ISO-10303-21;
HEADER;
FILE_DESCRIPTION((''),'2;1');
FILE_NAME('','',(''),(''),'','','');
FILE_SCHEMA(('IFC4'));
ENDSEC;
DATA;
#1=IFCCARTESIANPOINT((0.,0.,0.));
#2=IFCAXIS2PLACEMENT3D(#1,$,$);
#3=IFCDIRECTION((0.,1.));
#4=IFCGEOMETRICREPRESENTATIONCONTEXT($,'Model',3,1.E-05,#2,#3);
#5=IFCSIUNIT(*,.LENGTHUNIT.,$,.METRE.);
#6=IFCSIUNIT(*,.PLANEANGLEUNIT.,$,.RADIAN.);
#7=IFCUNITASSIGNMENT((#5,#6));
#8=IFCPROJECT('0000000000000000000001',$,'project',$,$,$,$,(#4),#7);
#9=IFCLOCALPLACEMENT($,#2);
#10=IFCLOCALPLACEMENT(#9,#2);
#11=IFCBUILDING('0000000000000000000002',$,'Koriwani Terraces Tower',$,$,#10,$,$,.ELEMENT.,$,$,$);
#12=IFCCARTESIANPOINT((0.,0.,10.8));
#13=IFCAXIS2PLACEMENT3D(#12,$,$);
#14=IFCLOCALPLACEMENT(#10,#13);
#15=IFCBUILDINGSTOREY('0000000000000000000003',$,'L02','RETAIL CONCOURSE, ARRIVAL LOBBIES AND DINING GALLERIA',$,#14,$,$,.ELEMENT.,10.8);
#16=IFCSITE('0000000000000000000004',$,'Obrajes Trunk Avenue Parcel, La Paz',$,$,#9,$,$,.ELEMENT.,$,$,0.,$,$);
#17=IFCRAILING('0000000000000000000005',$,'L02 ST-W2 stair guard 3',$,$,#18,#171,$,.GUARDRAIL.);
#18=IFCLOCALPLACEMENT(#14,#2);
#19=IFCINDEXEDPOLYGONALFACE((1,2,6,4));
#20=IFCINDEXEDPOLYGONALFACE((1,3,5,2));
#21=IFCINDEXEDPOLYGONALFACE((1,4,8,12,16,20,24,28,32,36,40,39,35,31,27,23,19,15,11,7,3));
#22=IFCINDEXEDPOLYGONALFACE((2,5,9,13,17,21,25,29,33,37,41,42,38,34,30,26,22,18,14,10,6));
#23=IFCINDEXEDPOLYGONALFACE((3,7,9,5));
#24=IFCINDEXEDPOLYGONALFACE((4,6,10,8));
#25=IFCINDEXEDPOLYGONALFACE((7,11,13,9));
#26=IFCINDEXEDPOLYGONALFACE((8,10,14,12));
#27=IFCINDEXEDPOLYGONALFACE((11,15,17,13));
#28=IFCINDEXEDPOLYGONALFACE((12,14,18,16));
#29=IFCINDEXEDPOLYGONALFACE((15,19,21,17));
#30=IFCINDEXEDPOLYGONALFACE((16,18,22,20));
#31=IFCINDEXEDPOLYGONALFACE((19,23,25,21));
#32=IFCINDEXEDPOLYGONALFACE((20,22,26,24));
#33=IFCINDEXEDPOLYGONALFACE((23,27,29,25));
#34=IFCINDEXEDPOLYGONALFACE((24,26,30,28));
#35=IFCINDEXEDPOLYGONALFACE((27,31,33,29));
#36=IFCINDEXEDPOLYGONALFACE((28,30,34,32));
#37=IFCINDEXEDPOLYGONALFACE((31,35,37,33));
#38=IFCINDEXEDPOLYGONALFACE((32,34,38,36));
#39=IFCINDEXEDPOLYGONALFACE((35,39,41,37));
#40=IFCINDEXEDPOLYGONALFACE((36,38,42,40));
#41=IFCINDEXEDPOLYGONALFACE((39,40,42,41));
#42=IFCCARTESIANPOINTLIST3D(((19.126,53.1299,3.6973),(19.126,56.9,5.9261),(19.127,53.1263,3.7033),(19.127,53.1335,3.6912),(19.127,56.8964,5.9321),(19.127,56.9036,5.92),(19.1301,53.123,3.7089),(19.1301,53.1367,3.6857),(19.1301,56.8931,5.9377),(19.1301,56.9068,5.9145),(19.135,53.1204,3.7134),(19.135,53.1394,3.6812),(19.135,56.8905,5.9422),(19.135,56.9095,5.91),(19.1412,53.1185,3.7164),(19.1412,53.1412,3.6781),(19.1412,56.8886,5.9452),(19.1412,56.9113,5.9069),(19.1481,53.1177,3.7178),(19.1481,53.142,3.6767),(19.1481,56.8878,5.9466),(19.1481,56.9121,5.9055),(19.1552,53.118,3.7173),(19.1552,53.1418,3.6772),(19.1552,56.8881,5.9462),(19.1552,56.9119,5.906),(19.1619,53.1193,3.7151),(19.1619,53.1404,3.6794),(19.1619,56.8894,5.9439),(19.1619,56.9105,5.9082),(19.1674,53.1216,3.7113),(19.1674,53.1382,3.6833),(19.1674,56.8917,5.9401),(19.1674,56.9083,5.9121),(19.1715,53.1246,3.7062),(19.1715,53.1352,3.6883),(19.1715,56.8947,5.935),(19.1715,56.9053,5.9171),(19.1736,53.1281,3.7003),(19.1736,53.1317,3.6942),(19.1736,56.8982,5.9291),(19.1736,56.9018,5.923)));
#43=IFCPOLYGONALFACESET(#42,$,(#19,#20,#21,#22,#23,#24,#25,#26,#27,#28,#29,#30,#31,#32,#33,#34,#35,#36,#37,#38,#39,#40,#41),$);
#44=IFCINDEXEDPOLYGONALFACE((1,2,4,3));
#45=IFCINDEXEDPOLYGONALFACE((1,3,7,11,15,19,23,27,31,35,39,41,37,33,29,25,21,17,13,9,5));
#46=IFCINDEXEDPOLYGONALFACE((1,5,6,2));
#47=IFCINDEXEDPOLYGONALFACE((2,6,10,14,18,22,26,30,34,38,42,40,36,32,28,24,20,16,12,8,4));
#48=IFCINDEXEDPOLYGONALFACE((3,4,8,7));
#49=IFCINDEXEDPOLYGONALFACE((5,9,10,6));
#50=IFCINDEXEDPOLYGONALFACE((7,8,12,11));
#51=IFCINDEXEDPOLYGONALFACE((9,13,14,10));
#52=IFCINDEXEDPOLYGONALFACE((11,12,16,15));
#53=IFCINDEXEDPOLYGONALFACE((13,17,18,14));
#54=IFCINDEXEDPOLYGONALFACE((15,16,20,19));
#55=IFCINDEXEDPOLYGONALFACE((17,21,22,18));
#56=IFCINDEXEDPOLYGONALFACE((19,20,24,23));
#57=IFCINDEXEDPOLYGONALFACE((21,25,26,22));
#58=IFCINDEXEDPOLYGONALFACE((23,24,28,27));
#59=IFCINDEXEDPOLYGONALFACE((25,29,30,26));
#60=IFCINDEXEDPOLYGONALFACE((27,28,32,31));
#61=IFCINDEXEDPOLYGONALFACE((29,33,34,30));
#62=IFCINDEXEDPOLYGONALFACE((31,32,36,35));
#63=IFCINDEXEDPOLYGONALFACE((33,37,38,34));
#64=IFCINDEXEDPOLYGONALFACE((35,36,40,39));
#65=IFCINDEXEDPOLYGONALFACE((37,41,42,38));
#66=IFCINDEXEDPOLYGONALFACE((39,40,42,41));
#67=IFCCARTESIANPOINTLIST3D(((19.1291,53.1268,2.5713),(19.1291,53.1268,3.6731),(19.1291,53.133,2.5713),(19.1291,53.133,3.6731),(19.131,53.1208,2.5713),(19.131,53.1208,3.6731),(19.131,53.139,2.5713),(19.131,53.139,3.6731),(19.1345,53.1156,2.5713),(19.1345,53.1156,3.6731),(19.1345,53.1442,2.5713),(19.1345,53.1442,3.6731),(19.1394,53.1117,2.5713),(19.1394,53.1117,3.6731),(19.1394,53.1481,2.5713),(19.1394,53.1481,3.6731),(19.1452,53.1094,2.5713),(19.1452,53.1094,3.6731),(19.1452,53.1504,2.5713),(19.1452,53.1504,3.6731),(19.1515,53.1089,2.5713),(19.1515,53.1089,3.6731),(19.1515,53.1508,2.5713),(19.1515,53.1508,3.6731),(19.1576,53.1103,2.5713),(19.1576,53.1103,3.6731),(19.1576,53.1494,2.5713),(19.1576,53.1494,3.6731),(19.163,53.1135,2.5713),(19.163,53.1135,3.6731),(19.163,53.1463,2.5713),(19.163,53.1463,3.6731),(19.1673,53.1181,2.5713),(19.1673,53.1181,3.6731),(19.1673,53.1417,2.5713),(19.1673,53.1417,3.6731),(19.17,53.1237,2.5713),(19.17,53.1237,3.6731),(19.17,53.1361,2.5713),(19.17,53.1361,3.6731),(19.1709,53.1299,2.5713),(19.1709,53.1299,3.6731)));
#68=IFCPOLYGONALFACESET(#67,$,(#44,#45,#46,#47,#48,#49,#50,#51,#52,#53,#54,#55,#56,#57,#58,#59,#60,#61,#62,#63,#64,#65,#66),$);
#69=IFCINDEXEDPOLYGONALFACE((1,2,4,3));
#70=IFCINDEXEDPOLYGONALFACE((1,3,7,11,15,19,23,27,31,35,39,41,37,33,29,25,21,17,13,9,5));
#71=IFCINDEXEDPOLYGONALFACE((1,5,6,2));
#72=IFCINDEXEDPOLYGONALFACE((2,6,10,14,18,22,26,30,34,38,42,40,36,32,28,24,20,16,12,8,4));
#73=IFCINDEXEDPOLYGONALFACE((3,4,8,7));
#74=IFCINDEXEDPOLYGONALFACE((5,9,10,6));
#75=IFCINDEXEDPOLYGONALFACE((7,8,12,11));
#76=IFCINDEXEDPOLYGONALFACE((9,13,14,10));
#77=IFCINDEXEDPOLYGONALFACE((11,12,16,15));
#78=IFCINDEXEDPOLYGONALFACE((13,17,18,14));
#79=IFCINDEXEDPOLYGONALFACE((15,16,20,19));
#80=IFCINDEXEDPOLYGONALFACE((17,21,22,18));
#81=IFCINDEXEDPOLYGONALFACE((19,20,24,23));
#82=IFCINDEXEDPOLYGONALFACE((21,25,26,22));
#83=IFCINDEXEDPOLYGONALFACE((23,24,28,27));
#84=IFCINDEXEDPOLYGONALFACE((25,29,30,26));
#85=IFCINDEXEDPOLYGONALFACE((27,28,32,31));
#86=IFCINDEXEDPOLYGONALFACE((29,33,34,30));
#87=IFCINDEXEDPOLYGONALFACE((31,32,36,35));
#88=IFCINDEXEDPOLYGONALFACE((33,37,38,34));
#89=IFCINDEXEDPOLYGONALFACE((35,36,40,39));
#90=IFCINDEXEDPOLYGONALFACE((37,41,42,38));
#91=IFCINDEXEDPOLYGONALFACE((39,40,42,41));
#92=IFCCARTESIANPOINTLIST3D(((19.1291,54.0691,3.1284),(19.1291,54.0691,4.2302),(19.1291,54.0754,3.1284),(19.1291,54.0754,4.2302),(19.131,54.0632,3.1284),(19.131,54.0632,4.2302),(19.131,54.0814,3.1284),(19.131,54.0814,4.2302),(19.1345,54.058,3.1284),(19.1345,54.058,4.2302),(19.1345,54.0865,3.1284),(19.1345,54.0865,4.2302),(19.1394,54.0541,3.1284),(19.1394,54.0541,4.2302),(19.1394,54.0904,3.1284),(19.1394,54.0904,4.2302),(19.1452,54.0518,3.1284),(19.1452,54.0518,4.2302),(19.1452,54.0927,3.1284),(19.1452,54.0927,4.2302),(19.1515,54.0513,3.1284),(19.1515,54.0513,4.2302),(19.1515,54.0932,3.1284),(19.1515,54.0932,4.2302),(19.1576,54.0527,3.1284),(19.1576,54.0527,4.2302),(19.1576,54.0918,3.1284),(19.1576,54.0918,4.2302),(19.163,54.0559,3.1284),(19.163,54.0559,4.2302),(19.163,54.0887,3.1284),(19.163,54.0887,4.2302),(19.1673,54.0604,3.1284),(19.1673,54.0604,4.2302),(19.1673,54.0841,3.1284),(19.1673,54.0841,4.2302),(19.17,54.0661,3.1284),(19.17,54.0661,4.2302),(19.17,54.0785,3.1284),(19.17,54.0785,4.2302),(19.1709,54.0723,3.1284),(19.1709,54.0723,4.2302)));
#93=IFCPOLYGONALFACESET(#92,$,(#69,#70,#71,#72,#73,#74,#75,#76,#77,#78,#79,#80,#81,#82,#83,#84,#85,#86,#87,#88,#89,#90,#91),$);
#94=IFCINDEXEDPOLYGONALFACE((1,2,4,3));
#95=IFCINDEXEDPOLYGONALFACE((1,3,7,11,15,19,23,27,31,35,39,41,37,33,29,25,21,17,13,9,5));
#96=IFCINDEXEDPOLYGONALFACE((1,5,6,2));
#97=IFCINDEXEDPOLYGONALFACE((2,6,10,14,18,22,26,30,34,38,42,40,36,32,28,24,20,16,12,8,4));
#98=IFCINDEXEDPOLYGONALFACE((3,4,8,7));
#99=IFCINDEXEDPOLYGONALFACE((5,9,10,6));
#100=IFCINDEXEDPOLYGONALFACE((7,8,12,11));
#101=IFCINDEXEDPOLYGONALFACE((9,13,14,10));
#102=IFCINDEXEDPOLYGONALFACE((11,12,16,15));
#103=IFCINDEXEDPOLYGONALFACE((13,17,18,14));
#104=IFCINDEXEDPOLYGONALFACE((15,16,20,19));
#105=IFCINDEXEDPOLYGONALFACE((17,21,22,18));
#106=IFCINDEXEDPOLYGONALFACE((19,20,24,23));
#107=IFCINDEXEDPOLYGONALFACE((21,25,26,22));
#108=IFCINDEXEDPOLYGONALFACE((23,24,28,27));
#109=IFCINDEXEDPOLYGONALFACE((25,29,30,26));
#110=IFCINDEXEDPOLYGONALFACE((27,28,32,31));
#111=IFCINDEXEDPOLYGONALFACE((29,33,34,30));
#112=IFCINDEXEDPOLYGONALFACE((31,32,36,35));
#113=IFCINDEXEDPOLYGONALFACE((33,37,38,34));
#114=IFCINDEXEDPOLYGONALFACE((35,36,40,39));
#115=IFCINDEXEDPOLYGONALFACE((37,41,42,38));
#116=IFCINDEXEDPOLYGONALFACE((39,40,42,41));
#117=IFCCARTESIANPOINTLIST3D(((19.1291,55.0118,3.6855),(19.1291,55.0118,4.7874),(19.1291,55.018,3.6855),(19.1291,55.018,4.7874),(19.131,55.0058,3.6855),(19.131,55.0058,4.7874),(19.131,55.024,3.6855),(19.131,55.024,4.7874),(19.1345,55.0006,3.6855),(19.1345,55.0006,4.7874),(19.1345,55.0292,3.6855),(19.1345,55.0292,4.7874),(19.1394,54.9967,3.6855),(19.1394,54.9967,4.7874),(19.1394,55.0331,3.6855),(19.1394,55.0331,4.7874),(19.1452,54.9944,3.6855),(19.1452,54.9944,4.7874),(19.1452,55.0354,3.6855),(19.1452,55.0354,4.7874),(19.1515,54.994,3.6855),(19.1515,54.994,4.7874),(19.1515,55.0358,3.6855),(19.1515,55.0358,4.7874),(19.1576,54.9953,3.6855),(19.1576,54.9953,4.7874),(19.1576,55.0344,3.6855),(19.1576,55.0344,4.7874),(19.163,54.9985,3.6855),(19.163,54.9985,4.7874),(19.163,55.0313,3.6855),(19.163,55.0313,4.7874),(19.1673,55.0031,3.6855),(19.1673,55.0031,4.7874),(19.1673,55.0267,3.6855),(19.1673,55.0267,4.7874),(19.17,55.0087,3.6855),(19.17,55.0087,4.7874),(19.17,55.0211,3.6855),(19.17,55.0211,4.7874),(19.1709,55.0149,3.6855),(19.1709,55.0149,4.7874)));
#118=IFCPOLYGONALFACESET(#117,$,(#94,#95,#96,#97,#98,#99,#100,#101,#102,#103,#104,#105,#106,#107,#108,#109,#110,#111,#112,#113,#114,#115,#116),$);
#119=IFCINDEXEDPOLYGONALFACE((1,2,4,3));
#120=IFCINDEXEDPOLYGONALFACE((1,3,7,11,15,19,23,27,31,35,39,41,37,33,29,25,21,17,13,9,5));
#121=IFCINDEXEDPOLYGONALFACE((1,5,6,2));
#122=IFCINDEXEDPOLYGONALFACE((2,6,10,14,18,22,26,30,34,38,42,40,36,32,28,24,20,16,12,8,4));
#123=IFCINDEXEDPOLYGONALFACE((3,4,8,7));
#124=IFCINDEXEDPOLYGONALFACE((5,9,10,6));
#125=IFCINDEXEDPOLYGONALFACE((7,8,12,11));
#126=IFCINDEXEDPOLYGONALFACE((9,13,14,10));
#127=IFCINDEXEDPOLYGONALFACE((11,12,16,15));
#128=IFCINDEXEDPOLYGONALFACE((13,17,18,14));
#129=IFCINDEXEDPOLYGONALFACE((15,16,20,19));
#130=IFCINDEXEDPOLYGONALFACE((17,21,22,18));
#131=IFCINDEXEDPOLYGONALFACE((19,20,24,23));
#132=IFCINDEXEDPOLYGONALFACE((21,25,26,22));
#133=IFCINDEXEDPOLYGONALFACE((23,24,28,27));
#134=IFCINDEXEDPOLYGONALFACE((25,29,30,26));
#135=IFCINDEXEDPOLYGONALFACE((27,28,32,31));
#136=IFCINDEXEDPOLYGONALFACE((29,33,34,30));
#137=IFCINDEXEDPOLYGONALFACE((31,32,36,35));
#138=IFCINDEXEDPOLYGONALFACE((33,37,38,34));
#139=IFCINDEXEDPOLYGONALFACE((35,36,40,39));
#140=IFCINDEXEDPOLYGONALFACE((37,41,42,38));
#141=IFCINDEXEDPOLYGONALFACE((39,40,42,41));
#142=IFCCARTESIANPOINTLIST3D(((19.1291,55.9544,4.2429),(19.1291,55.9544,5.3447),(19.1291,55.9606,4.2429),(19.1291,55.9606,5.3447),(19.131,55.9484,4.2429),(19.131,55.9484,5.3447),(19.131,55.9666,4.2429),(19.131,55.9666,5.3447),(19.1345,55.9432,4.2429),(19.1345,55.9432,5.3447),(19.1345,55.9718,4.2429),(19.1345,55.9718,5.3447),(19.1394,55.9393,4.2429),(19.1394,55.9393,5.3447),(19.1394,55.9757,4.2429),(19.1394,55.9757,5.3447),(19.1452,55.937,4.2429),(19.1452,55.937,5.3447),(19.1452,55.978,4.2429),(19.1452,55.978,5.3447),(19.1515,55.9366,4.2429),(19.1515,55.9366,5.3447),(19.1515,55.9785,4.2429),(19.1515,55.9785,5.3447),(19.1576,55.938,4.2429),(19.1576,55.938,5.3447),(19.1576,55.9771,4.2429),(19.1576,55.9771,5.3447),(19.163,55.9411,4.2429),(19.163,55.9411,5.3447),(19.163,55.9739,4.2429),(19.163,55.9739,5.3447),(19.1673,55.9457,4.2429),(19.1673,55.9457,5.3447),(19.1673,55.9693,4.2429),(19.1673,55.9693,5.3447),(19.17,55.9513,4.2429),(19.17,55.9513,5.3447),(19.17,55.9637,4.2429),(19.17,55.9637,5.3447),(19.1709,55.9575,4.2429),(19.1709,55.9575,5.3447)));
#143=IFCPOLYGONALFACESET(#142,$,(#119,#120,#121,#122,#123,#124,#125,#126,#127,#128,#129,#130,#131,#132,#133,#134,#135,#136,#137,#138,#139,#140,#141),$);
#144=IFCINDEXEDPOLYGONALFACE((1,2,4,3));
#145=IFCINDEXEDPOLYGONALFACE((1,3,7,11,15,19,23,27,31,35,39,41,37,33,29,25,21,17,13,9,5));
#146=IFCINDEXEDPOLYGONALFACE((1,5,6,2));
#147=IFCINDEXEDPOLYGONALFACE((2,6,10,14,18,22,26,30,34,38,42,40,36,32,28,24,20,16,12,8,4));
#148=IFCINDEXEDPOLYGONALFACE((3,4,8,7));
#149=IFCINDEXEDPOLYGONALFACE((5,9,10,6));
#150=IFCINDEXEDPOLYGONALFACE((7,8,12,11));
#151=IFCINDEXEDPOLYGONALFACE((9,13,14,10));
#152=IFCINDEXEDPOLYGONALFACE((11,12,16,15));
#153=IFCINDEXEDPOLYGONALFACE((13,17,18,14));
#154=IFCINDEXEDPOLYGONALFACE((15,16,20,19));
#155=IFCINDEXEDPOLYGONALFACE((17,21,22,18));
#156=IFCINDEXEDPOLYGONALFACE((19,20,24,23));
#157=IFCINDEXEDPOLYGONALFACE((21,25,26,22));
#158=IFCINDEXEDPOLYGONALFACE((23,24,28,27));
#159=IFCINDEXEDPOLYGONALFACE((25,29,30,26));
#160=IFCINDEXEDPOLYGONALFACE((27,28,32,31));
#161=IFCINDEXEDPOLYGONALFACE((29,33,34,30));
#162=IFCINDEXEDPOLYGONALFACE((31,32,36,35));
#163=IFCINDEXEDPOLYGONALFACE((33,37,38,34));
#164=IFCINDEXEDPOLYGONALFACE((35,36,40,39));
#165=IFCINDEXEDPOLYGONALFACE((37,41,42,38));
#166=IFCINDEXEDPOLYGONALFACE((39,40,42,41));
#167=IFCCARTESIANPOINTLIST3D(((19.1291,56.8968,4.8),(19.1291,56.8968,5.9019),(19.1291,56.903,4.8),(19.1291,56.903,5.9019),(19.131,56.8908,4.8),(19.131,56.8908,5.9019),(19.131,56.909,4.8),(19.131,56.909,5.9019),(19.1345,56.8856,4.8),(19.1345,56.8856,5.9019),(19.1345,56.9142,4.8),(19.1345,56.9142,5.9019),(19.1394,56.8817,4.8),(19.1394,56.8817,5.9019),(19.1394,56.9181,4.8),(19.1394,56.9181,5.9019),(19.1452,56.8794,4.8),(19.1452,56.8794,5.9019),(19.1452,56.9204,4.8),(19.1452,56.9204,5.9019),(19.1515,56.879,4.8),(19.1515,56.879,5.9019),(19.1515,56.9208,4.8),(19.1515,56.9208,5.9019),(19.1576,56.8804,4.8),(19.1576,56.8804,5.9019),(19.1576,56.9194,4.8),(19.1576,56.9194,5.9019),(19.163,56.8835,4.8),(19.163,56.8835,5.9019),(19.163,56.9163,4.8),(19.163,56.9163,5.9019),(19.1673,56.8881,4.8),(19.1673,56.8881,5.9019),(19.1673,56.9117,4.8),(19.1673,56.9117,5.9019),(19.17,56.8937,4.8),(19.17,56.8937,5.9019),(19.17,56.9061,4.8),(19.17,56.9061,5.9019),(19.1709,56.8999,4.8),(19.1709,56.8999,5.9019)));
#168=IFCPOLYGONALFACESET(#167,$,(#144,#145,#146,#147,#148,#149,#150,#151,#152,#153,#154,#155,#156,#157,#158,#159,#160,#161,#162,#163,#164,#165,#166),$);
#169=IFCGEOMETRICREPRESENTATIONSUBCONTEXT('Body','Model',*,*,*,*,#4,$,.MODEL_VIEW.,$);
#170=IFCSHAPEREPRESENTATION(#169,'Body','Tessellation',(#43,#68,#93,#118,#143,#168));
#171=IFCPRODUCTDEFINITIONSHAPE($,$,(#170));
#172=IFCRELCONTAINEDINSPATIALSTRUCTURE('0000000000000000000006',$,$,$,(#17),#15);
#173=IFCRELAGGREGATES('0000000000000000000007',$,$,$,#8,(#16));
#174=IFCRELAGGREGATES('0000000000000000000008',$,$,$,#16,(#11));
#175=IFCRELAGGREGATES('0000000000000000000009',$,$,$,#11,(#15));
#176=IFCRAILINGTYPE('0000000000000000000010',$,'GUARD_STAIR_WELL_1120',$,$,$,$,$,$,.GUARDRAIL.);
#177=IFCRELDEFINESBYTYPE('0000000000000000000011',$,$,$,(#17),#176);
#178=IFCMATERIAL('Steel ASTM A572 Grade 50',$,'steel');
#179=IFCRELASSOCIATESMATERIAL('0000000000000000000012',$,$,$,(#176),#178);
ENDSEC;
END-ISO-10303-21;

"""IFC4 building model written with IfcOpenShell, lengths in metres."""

from ifc_helpers import new_model, si_unit, direction, frame, origin, origin_2d, place, context, subcontext, project, spatial, circle, extrude, material, type_object, element, save


model = new_model("IFC4")

# Units and contexts
model_context = context("Model", 3, precision=1e-05, world=origin(), true_north=direction((0.0, 1.0)))
body_context = subcontext(model_context, "Body", "Model", "MODEL_VIEW")
ifc_project = project(units=[si_unit("LENGTHUNIT", "METRE"), si_unit("PLANEANGLEUNIT", "RADIAN")], contexts=[model_context])

# Site, building, storey
site_placement = place(None, origin())
site = spatial("IfcSite", under=ifc_project, at=site_placement, Name="Obrajes Trunk Avenue Parcel, La Paz", CompositionType="ELEMENT", RefElevation=0.0)
building_placement = place(site_placement, origin())
building = spatial("IfcBuilding", under=site, at=building_placement, Name="Koriwani Terraces Tower", CompositionType="ELEMENT")
storey_placement = place(building_placement, frame((0.0, 0.0, 10.8)))
storey = spatial("IfcBuildingStorey", under=building, at=storey_placement, Name="L02", Description="RETAIL CONCOURSE, ARRIVAL LOBBIES AND DINING GALLERIA", CompositionType="ELEMENT", Elevation=10.8)

# Shared definitions
ifc_material_1 = material(Name="Steel ASTM A572 Grade 50", Category="steel")

# Railing
railing_type_1 = type_object("IfcRailingType", Name="GUARD_STAIR_WELL_1120", PredefinedType="GUARDRAIL", material=ifc_material_1)
railing_1_placement = place(storey_placement, frame((19.1499, 53.1299, 2.5713)))
element("IfcRailing", 1, at=railing_1_placement, inside=storey, type_object=railing_type_1, Name="L02 ST-W2 stair guard 3", PredefinedType="GUARDRAIL", context=body_context, shape_type="SweptSolid", body=[
    extrude(circle(Radius=0.0239, at=origin_2d()), frame((0.0, 0.0, 1.126), z_axis=(0.0, 0.860824, 0.508902), x_axis=(-1.0, 0.0, 0.0)), (0.0, 0.0, 1.0), 4.3796),
    extrude(circle(Radius=0.021, at=origin_2d()), origin(), (0.0, 0.0, 1.0), 1.1018),
    extrude(circle(Radius=0.021, at=origin_2d()), frame((0.0, 0.9424, 0.5571)), (0.0, 0.0, 1.0), 1.1018),
    extrude(circle(Radius=0.021, at=origin_2d()), frame((0.0, 1.885, 1.1143)), (0.0, 0.0, 1.0), 1.1018),
    extrude(circle(Radius=0.021, at=origin_2d()), frame((0.0, 2.8276, 1.6716)), (0.0, 0.0, 1.0), 1.1018),
    extrude(circle(Radius=0.021, at=origin_2d()), frame((0.0, 3.77, 2.2288)), (0.0, 0.0, 1.0), 1.1018),
])

save(model, "model.ifc")
